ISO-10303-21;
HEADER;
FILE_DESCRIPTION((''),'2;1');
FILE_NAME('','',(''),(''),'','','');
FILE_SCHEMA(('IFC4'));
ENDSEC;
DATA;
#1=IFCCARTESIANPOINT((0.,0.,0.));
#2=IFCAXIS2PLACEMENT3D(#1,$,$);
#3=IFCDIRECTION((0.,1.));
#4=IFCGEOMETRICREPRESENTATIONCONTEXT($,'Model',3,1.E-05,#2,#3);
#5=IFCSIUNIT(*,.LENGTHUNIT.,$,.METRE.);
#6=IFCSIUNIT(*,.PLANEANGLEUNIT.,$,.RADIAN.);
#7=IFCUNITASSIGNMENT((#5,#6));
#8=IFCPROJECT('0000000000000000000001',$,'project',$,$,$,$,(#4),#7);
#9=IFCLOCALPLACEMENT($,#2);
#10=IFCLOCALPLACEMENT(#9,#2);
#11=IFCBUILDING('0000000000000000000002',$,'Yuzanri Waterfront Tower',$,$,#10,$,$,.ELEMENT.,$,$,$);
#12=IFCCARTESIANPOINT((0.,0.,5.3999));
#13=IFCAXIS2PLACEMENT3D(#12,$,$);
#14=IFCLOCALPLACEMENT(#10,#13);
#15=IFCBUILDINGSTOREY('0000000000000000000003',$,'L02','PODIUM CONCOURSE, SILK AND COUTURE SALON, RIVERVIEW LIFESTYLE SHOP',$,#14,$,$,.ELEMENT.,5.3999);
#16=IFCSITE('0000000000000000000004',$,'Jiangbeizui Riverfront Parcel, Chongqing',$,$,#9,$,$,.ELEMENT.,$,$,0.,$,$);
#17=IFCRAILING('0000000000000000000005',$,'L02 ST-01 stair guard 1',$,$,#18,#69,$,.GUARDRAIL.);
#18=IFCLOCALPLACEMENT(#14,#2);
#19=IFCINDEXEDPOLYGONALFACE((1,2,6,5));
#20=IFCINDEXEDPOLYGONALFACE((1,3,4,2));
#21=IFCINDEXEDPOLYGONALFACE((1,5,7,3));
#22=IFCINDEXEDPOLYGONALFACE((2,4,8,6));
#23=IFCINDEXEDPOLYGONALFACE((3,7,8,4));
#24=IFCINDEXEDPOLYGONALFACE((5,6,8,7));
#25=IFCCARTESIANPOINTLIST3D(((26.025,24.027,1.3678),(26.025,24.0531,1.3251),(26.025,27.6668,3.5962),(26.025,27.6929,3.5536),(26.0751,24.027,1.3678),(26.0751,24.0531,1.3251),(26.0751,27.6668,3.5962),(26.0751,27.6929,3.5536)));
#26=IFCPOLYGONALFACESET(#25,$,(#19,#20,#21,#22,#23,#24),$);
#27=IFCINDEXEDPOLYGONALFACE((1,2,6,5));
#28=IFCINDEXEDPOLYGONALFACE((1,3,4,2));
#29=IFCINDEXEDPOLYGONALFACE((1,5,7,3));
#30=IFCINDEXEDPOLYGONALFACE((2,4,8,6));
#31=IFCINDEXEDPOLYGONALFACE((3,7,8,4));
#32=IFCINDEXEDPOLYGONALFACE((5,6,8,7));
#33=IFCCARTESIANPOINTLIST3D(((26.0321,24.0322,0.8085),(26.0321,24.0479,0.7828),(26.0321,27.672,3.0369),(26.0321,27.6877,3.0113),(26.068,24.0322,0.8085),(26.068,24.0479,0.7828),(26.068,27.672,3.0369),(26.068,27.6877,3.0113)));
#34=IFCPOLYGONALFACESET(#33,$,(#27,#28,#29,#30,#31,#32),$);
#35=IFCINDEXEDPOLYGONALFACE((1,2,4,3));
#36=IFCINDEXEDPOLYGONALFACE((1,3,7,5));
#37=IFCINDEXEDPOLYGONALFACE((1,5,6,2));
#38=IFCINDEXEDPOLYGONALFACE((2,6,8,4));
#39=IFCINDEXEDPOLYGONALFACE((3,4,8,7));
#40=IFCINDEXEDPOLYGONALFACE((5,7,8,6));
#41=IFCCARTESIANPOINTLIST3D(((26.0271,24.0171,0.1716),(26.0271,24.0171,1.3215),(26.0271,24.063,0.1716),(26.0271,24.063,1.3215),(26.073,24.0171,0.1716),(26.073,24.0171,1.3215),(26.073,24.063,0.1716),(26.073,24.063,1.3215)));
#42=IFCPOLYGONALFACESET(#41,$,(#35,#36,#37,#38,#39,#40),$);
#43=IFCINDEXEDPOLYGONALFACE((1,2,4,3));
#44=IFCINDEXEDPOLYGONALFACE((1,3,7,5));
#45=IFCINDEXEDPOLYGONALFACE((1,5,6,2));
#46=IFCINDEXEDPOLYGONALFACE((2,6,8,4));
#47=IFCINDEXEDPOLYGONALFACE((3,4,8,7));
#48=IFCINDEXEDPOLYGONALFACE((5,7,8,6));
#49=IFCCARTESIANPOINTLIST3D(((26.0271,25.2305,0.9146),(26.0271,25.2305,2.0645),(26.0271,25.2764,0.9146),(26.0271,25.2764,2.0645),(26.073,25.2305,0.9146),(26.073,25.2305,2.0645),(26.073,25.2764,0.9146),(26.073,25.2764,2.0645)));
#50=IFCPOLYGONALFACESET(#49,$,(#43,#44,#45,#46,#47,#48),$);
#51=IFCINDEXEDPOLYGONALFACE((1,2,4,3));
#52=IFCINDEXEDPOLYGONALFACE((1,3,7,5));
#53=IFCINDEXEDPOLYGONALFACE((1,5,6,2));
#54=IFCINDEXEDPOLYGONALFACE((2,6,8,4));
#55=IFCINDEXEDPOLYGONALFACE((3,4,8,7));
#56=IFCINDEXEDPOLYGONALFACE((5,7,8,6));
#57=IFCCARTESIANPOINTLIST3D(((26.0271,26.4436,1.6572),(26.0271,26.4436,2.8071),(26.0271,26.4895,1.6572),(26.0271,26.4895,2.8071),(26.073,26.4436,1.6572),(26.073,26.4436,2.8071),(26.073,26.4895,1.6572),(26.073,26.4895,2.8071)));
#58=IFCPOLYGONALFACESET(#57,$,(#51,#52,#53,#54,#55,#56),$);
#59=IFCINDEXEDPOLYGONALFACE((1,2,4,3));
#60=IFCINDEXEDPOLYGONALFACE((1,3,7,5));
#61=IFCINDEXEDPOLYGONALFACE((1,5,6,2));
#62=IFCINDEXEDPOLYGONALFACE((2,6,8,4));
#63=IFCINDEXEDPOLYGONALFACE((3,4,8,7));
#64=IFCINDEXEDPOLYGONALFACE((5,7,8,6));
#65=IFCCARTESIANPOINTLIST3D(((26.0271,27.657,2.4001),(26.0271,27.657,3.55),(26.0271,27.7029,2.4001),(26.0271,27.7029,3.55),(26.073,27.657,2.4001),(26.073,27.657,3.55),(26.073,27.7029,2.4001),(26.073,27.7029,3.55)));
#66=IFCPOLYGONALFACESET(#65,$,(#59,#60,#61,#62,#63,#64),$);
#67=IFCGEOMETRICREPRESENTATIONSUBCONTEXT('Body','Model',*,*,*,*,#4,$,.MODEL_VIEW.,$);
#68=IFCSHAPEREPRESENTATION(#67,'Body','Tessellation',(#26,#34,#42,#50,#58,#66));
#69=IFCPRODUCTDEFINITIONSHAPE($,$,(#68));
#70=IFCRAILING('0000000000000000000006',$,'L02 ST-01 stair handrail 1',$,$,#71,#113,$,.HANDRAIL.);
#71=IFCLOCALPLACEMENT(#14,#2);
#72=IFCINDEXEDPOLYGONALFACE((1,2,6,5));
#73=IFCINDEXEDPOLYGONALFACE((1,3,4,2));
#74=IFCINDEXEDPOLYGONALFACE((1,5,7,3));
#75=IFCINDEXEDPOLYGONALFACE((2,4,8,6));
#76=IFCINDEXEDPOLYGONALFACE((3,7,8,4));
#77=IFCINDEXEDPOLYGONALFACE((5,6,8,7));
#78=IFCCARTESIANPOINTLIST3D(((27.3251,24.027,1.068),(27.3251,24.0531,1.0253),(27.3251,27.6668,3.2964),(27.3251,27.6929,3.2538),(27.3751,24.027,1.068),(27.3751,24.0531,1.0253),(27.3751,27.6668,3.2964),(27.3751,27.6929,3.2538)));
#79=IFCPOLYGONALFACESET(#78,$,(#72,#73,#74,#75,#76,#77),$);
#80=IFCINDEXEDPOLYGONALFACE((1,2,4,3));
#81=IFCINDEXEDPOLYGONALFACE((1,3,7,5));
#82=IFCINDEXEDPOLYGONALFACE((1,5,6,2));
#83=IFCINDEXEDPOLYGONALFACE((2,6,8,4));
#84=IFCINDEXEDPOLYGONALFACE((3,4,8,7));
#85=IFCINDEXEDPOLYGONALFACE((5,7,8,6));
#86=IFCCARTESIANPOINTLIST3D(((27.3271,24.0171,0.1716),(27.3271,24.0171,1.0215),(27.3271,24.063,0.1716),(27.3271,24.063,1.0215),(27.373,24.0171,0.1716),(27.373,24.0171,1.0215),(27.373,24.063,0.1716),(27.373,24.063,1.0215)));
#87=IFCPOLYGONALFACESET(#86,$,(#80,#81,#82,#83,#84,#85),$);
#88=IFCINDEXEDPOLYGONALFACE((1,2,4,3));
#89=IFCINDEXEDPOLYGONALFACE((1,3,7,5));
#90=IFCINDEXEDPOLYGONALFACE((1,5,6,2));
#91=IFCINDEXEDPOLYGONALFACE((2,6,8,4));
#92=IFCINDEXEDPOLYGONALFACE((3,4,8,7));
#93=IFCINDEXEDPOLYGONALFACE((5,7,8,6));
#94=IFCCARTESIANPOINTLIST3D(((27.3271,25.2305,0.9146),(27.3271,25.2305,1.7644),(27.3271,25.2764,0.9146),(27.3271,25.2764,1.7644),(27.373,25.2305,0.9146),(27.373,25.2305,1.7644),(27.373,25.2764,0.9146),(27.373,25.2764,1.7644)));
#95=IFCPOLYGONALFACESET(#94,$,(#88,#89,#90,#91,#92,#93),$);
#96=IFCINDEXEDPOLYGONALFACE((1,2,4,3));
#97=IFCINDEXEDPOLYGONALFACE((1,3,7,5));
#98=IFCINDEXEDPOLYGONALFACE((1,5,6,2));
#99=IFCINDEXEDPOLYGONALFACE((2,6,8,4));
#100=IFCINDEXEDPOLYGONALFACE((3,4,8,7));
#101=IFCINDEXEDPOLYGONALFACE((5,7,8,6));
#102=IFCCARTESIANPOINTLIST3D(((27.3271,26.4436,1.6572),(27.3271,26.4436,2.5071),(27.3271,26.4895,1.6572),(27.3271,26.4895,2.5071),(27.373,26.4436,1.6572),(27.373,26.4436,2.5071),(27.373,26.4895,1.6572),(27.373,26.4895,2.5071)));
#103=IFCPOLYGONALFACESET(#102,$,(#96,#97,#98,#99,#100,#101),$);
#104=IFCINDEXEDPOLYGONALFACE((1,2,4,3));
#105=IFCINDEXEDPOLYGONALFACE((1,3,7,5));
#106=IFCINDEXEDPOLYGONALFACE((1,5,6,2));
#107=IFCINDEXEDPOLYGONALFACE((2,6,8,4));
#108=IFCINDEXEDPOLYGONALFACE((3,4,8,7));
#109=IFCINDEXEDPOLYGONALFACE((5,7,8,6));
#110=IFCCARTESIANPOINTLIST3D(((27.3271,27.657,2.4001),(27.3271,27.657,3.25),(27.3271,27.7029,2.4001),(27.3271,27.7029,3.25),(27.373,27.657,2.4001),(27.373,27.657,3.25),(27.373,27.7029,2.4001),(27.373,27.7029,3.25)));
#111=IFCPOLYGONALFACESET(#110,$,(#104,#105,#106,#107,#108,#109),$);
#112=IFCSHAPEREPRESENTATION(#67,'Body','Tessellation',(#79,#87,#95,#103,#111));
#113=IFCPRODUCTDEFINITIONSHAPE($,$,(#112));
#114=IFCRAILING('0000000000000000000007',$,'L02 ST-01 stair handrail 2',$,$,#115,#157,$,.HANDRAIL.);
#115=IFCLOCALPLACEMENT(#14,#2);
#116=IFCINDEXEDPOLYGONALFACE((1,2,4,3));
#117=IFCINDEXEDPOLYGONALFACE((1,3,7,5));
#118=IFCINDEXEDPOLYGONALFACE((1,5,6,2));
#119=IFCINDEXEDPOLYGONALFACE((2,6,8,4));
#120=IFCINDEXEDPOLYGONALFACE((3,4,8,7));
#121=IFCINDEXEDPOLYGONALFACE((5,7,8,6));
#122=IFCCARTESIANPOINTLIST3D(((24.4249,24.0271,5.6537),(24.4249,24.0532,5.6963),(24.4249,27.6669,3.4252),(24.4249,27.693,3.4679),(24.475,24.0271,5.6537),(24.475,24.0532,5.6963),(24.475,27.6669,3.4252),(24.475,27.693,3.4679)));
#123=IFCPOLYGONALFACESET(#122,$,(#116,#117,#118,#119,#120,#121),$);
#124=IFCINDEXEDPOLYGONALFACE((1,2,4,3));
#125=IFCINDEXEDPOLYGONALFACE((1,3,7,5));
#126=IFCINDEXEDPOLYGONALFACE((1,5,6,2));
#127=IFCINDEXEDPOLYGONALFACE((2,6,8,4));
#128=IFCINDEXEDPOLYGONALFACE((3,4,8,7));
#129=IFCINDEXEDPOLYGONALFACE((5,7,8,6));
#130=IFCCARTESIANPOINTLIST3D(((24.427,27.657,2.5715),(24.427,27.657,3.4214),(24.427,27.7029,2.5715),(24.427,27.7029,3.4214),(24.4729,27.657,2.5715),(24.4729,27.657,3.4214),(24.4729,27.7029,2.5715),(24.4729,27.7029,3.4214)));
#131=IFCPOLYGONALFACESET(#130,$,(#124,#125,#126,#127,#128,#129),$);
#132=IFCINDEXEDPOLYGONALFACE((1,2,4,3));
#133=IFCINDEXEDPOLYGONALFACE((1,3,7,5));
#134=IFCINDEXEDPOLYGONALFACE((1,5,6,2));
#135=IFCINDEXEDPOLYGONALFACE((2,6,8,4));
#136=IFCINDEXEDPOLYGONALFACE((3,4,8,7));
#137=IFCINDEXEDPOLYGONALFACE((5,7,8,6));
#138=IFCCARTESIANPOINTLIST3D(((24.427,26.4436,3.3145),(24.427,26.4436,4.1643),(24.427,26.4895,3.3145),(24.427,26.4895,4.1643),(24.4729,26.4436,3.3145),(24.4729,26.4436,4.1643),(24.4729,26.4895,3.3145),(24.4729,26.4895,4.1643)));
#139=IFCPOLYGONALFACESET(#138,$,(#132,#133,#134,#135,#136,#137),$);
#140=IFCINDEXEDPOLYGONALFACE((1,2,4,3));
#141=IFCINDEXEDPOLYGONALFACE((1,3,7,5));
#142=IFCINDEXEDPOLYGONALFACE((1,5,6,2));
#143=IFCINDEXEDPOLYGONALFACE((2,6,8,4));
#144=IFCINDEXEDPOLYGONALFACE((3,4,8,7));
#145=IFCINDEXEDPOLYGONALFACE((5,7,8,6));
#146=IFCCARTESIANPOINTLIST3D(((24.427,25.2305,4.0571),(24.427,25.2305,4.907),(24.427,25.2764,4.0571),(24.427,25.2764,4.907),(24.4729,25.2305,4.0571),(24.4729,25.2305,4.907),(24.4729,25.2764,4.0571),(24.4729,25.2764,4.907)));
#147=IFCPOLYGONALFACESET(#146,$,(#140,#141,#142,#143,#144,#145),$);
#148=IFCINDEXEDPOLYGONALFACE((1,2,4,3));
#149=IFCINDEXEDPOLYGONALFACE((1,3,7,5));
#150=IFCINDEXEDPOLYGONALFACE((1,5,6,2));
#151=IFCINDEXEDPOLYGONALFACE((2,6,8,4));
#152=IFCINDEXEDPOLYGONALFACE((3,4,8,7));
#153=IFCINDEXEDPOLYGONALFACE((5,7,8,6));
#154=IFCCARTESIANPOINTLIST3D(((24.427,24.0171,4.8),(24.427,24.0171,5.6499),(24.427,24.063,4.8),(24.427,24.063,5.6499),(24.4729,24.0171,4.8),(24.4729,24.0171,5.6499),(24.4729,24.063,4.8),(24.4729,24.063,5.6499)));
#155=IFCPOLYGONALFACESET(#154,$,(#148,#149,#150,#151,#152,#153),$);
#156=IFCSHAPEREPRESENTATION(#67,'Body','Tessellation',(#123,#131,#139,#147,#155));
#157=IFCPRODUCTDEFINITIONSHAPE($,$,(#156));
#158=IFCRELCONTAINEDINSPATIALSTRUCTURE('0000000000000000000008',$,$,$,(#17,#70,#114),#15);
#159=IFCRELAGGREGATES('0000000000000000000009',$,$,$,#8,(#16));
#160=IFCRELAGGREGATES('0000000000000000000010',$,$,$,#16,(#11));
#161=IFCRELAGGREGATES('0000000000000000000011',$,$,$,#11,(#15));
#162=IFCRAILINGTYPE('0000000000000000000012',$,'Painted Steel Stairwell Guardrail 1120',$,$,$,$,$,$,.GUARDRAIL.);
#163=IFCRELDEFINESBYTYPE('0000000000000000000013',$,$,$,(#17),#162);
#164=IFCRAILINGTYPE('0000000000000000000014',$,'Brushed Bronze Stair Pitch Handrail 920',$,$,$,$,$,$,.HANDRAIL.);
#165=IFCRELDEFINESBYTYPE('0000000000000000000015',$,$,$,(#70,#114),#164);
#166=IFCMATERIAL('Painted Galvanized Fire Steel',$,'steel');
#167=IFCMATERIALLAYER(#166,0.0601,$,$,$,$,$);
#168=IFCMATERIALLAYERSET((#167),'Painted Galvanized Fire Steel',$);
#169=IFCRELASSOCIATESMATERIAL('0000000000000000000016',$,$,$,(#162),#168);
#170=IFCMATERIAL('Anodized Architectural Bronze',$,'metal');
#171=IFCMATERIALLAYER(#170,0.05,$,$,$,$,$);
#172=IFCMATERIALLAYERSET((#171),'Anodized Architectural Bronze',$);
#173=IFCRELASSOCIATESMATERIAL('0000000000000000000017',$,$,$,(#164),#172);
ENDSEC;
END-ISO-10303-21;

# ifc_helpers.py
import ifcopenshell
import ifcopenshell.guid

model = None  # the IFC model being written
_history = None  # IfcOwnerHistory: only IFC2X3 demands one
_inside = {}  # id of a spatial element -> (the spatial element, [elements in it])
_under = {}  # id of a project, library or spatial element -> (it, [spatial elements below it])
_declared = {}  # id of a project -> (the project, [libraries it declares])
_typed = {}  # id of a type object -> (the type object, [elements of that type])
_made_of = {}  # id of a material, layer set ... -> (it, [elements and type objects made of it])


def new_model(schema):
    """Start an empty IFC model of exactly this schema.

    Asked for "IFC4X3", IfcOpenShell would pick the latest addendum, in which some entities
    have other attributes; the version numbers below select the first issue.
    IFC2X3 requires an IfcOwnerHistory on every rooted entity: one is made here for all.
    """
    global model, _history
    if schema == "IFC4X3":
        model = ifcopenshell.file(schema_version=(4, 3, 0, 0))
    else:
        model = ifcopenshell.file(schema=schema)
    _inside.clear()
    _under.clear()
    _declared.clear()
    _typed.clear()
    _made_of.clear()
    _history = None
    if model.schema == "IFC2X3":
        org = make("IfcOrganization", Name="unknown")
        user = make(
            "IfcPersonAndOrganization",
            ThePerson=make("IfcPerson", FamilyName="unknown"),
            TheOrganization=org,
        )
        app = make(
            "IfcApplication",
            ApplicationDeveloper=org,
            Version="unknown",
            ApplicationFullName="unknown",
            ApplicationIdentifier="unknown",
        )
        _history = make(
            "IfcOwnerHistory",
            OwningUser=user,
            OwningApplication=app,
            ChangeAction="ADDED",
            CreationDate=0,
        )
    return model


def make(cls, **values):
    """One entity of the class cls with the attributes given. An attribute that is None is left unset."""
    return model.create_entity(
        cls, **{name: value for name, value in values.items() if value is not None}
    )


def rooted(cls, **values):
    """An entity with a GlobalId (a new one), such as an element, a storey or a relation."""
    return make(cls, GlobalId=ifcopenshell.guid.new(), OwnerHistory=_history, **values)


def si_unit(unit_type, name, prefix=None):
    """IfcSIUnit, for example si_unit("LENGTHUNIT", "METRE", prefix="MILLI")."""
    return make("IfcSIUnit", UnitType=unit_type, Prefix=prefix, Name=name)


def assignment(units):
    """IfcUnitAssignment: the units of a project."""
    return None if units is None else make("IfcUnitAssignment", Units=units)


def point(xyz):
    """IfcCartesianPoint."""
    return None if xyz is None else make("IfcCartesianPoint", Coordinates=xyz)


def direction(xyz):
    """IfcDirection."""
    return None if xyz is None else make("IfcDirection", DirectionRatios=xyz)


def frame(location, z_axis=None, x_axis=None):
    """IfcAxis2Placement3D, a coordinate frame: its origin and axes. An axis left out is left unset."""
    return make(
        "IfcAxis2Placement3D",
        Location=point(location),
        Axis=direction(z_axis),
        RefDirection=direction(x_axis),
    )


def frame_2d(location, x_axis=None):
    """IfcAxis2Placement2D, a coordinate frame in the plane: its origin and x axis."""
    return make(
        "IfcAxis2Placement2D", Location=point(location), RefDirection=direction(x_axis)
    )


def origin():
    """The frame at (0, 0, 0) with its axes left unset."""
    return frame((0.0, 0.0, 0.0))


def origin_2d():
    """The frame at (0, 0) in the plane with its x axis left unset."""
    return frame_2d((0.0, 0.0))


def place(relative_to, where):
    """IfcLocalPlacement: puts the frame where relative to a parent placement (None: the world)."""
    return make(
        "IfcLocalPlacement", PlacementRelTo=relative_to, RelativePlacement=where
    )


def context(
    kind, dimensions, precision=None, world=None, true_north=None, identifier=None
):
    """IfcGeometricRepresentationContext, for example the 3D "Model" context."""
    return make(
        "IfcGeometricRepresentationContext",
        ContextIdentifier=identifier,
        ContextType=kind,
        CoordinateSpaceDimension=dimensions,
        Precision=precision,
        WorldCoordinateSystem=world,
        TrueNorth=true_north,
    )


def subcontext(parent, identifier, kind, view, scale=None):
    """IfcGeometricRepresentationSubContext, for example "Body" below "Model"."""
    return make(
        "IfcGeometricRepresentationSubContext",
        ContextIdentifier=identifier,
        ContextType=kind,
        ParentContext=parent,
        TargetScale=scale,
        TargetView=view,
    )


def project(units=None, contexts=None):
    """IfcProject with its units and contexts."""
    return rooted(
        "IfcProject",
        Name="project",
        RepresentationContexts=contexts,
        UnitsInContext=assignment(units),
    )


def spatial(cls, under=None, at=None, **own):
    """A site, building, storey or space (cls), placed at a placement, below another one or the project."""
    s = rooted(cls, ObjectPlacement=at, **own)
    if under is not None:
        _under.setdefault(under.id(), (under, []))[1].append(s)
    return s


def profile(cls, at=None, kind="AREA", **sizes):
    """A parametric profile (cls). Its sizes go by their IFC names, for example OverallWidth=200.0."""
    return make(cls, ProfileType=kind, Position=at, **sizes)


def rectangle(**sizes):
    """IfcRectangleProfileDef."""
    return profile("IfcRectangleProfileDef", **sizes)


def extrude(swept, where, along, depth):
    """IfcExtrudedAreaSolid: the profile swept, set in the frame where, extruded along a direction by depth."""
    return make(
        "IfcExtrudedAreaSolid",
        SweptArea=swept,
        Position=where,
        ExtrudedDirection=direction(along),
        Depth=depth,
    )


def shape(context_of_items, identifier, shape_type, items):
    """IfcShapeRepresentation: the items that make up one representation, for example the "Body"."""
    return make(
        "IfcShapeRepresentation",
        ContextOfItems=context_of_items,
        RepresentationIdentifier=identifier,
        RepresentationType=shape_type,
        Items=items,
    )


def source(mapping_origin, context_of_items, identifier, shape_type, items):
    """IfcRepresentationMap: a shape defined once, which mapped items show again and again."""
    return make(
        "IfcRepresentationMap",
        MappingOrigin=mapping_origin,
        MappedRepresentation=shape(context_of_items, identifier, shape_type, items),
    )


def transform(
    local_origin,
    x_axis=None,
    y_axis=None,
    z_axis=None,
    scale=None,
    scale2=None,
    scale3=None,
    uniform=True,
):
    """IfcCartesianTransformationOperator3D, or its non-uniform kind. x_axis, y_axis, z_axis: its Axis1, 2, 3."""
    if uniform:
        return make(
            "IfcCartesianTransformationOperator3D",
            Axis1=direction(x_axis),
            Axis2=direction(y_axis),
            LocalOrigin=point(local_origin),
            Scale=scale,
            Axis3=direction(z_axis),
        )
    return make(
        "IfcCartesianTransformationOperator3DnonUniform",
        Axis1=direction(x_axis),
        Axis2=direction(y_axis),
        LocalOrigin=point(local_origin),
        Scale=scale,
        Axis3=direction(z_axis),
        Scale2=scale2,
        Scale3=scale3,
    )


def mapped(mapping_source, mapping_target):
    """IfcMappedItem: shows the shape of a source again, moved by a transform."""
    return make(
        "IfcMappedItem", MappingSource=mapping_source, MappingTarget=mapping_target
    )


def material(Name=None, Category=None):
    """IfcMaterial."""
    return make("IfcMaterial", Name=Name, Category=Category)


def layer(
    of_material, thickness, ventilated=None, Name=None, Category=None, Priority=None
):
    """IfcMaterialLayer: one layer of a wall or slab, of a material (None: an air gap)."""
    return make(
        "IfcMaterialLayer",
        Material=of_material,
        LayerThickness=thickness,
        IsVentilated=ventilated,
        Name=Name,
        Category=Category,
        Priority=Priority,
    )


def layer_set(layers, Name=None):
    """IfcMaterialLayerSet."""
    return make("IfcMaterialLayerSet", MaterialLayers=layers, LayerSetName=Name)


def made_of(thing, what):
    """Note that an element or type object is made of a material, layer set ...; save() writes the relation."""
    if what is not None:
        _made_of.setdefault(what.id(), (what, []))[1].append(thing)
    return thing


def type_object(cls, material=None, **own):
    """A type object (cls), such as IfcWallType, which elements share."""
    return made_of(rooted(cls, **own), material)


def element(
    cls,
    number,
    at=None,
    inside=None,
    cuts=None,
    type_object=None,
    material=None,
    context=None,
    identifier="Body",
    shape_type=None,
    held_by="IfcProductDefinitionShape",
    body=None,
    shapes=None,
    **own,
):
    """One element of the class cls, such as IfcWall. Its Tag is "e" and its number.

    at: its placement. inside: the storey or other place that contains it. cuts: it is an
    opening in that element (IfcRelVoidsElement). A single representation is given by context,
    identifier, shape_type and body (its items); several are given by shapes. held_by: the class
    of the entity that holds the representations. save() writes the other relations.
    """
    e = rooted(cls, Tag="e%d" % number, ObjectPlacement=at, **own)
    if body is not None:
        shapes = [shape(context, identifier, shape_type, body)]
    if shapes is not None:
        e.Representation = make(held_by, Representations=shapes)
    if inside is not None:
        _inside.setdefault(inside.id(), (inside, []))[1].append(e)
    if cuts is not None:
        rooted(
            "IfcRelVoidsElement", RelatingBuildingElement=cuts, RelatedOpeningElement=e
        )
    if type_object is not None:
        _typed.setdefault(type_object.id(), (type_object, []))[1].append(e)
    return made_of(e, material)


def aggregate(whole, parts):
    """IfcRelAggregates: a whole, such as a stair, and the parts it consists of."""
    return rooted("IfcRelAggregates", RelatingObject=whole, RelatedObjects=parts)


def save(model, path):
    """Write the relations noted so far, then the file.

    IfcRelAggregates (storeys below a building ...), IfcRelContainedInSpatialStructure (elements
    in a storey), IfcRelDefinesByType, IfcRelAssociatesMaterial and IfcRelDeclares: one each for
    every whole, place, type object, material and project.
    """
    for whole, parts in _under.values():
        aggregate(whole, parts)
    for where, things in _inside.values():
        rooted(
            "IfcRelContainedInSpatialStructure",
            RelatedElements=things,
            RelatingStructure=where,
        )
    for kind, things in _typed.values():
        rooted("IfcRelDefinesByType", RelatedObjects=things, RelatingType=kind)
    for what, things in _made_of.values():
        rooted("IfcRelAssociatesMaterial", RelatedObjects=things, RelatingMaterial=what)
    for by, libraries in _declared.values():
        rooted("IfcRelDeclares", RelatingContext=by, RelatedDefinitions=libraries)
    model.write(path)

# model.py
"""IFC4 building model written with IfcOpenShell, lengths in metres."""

from ifc_helpers import new_model, si_unit, direction, frame, origin, origin_2d, place, context, subcontext, project, spatial, rectangle, extrude, source, transform, mapped, material, layer, layer_set, type_object, element, save


model = new_model("IFC4")

# Units and contexts
model_context = context("Model", 3, precision=1e-05, world=origin(), true_north=direction((0.0, 1.0)))
body_context = subcontext(model_context, "Body", "Model", "MODEL_VIEW")
ifc_project = project(units=[si_unit("LENGTHUNIT", "METRE"), si_unit("PLANEANGLEUNIT", "RADIAN")], contexts=[model_context])

# Site, building, storey
site_placement = place(None, origin())
site = spatial("IfcSite", under=ifc_project, at=site_placement, Name="Jiangbeizui Riverfront Parcel, Chongqing", CompositionType="ELEMENT", RefElevation=0.0)
building_placement = place(site_placement, origin())
building = spatial("IfcBuilding", under=site, at=building_placement, Name="Yuzanri Waterfront Tower", CompositionType="ELEMENT")
storey_placement = place(building_placement, frame((0.0, 0.0, 5.3999)))
storey = spatial("IfcBuildingStorey", under=building, at=storey_placement, Name="L02", Description="PODIUM CONCOURSE, SILK AND COUTURE SALON, RIVERVIEW LIFESTYLE SHOP", CompositionType="ELEMENT", Elevation=5.3999)

# Railings
ifc_material_1 = material(Name="Painted Galvanized Fire Steel", Category="steel")
ifc_layer_1 = layer(ifc_material_1, 0.0601)
ifc_layer_set_1 = layer_set([ifc_layer_1], Name="Painted Galvanized Fire Steel")
railing_type_1 = type_object("IfcRailingType", Name="Painted Steel Stairwell Guardrail 1120", PredefinedType="GUARDRAIL", material=ifc_layer_set_1)
shared_shape_1 = source(origin(), body_context, "Body", "SweptSolid", [
    extrude(rectangle(XDim=0.05, YDim=0.05, at=origin_2d()), frame((0.0, 0.0, 1.1748), z_axis=(0.0, 0.85285, 0.522156), x_axis=(-1.0, 0.0, 0.0)), (0.0, 0.0, 1.0), 4.2678),
    extrude(rectangle(XDim=0.0359, YDim=0.03, at=origin_2d()), frame((0.0, 0.0, 0.624), z_axis=(0.0, 0.85285, 0.522156), x_axis=(-1.0, 0.0, 0.0)), (0.0, 0.0, 1.0), 4.2678),
    extrude(rectangle(XDim=0.0459, YDim=0.0459, at=origin_2d()), origin(), (0.0, 0.0, 1.0), 1.1499),
    extrude(rectangle(XDim=0.0459, YDim=0.0459, at=origin_2d()), frame((0.0, 1.2134, 0.7429)), (0.0, 0.0, 1.0), 1.1499),
    extrude(rectangle(XDim=0.0459, YDim=0.0459, at=origin_2d()), frame((0.0, 2.4265, 1.4856)), (0.0, 0.0, 1.0), 1.1499),
    extrude(rectangle(XDim=0.0459, YDim=0.0459, at=origin_2d()), frame((0.0, 3.6399, 2.2285)), (0.0, 0.0, 1.0), 1.1499),
])
railing_1_placement = place(storey_placement, frame((26.05, 24.04, 0.1716)))
element("IfcRailing", 1, at=railing_1_placement, inside=storey, type_object=railing_type_1, Name="L02 ST-01 stair guard 1", PredefinedType="GUARDRAIL", context=body_context, shape_type="MappedRepresentation", body=[
    mapped(shared_shape_1, transform((0.0, 0.0, 0.0), scale=1.0)),
])
ifc_material_2 = material(Name="Anodized Architectural Bronze", Category="metal")
ifc_layer_2 = layer(ifc_material_2, 0.05)
ifc_layer_set_2 = layer_set([ifc_layer_2], Name="Anodized Architectural Bronze")
railing_type_2 = type_object("IfcRailingType", Name="Brushed Bronze Stair Pitch Handrail 920", PredefinedType="HANDRAIL", material=ifc_layer_set_2)
shared_shape_2 = source(origin(), body_context, "Body", "SweptSolid", [
    extrude(rectangle(XDim=0.05, YDim=0.05, at=origin_2d()), frame((0.0, 0.0, 0.875), z_axis=(0.0, 0.85285, 0.522156), x_axis=(-1.0, 0.0, 0.0)), (0.0, 0.0, 1.0), 4.2678),
    extrude(rectangle(XDim=0.0459, YDim=0.0459, at=origin_2d()), origin(), (0.0, 0.0, 1.0), 0.8499),
    extrude(rectangle(XDim=0.0459, YDim=0.0459, at=origin_2d()), frame((0.0, 1.2134, 0.7429)), (0.0, 0.0, 1.0), 0.8499),
    extrude(rectangle(XDim=0.0459, YDim=0.0459, at=origin_2d()), frame((0.0, 2.4265, 1.4856)), (0.0, 0.0, 1.0), 0.8499),
    extrude(rectangle(XDim=0.0459, YDim=0.0459, at=origin_2d()), frame((0.0, 3.6399, 2.2285)), (0.0, 0.0, 1.0), 0.8499),
])
railing_2_placement = place(storey_placement, frame((27.3501, 24.04, 0.1716)))
element("IfcRailing", 2, at=railing_2_placement, inside=storey, type_object=railing_type_2, Name="L02 ST-01 stair handrail 1", PredefinedType="HANDRAIL", context=body_context, shape_type="MappedRepresentation", body=[
    mapped(shared_shape_2, transform((0.0, 0.0, 0.0), scale=1.0)),
])
shared_shape_3 = source(origin(), body_context, "Body", "SweptSolid", [
    extrude(rectangle(XDim=0.05, YDim=0.05, at=origin_2d()), frame((0.0, 0.0, 0.875), z_axis=(0.0, -0.85285, 0.522156), x_axis=(1.0, 0.0, 0.0)), (0.0, 0.0, 1.0), 4.2678),
    extrude(rectangle(XDim=0.0459, YDim=0.0459, at=origin_2d()), origin(), (0.0, 0.0, 1.0), 0.8499),
    extrude(rectangle(XDim=0.0459, YDim=0.0459, at=origin_2d()), frame((0.0, -1.2134, 0.7429)), (0.0, 0.0, 1.0), 0.8499),
    extrude(rectangle(XDim=0.0459, YDim=0.0459, at=origin_2d()), frame((0.0, -2.4265, 1.4856)), (0.0, 0.0, 1.0), 0.8499),
    extrude(rectangle(XDim=0.0459, YDim=0.0459, at=origin_2d()), frame((0.0, -3.6399, 2.2285)), (0.0, 0.0, 1.0), 0.8499),
])
railing_3_placement = place(storey_placement, frame((24.45, 27.6799, 2.5715)))
element("IfcRailing", 3, at=railing_3_placement, inside=storey, type_object=railing_type_2, Name="L02 ST-01 stair handrail 2", PredefinedType="HANDRAIL", context=body_context, shape_type="MappedRepresentation", body=[
    mapped(shared_shape_3, transform((0.0, 0.0, 0.0), scale=1.0)),
])

save(model, "model.ifc")
